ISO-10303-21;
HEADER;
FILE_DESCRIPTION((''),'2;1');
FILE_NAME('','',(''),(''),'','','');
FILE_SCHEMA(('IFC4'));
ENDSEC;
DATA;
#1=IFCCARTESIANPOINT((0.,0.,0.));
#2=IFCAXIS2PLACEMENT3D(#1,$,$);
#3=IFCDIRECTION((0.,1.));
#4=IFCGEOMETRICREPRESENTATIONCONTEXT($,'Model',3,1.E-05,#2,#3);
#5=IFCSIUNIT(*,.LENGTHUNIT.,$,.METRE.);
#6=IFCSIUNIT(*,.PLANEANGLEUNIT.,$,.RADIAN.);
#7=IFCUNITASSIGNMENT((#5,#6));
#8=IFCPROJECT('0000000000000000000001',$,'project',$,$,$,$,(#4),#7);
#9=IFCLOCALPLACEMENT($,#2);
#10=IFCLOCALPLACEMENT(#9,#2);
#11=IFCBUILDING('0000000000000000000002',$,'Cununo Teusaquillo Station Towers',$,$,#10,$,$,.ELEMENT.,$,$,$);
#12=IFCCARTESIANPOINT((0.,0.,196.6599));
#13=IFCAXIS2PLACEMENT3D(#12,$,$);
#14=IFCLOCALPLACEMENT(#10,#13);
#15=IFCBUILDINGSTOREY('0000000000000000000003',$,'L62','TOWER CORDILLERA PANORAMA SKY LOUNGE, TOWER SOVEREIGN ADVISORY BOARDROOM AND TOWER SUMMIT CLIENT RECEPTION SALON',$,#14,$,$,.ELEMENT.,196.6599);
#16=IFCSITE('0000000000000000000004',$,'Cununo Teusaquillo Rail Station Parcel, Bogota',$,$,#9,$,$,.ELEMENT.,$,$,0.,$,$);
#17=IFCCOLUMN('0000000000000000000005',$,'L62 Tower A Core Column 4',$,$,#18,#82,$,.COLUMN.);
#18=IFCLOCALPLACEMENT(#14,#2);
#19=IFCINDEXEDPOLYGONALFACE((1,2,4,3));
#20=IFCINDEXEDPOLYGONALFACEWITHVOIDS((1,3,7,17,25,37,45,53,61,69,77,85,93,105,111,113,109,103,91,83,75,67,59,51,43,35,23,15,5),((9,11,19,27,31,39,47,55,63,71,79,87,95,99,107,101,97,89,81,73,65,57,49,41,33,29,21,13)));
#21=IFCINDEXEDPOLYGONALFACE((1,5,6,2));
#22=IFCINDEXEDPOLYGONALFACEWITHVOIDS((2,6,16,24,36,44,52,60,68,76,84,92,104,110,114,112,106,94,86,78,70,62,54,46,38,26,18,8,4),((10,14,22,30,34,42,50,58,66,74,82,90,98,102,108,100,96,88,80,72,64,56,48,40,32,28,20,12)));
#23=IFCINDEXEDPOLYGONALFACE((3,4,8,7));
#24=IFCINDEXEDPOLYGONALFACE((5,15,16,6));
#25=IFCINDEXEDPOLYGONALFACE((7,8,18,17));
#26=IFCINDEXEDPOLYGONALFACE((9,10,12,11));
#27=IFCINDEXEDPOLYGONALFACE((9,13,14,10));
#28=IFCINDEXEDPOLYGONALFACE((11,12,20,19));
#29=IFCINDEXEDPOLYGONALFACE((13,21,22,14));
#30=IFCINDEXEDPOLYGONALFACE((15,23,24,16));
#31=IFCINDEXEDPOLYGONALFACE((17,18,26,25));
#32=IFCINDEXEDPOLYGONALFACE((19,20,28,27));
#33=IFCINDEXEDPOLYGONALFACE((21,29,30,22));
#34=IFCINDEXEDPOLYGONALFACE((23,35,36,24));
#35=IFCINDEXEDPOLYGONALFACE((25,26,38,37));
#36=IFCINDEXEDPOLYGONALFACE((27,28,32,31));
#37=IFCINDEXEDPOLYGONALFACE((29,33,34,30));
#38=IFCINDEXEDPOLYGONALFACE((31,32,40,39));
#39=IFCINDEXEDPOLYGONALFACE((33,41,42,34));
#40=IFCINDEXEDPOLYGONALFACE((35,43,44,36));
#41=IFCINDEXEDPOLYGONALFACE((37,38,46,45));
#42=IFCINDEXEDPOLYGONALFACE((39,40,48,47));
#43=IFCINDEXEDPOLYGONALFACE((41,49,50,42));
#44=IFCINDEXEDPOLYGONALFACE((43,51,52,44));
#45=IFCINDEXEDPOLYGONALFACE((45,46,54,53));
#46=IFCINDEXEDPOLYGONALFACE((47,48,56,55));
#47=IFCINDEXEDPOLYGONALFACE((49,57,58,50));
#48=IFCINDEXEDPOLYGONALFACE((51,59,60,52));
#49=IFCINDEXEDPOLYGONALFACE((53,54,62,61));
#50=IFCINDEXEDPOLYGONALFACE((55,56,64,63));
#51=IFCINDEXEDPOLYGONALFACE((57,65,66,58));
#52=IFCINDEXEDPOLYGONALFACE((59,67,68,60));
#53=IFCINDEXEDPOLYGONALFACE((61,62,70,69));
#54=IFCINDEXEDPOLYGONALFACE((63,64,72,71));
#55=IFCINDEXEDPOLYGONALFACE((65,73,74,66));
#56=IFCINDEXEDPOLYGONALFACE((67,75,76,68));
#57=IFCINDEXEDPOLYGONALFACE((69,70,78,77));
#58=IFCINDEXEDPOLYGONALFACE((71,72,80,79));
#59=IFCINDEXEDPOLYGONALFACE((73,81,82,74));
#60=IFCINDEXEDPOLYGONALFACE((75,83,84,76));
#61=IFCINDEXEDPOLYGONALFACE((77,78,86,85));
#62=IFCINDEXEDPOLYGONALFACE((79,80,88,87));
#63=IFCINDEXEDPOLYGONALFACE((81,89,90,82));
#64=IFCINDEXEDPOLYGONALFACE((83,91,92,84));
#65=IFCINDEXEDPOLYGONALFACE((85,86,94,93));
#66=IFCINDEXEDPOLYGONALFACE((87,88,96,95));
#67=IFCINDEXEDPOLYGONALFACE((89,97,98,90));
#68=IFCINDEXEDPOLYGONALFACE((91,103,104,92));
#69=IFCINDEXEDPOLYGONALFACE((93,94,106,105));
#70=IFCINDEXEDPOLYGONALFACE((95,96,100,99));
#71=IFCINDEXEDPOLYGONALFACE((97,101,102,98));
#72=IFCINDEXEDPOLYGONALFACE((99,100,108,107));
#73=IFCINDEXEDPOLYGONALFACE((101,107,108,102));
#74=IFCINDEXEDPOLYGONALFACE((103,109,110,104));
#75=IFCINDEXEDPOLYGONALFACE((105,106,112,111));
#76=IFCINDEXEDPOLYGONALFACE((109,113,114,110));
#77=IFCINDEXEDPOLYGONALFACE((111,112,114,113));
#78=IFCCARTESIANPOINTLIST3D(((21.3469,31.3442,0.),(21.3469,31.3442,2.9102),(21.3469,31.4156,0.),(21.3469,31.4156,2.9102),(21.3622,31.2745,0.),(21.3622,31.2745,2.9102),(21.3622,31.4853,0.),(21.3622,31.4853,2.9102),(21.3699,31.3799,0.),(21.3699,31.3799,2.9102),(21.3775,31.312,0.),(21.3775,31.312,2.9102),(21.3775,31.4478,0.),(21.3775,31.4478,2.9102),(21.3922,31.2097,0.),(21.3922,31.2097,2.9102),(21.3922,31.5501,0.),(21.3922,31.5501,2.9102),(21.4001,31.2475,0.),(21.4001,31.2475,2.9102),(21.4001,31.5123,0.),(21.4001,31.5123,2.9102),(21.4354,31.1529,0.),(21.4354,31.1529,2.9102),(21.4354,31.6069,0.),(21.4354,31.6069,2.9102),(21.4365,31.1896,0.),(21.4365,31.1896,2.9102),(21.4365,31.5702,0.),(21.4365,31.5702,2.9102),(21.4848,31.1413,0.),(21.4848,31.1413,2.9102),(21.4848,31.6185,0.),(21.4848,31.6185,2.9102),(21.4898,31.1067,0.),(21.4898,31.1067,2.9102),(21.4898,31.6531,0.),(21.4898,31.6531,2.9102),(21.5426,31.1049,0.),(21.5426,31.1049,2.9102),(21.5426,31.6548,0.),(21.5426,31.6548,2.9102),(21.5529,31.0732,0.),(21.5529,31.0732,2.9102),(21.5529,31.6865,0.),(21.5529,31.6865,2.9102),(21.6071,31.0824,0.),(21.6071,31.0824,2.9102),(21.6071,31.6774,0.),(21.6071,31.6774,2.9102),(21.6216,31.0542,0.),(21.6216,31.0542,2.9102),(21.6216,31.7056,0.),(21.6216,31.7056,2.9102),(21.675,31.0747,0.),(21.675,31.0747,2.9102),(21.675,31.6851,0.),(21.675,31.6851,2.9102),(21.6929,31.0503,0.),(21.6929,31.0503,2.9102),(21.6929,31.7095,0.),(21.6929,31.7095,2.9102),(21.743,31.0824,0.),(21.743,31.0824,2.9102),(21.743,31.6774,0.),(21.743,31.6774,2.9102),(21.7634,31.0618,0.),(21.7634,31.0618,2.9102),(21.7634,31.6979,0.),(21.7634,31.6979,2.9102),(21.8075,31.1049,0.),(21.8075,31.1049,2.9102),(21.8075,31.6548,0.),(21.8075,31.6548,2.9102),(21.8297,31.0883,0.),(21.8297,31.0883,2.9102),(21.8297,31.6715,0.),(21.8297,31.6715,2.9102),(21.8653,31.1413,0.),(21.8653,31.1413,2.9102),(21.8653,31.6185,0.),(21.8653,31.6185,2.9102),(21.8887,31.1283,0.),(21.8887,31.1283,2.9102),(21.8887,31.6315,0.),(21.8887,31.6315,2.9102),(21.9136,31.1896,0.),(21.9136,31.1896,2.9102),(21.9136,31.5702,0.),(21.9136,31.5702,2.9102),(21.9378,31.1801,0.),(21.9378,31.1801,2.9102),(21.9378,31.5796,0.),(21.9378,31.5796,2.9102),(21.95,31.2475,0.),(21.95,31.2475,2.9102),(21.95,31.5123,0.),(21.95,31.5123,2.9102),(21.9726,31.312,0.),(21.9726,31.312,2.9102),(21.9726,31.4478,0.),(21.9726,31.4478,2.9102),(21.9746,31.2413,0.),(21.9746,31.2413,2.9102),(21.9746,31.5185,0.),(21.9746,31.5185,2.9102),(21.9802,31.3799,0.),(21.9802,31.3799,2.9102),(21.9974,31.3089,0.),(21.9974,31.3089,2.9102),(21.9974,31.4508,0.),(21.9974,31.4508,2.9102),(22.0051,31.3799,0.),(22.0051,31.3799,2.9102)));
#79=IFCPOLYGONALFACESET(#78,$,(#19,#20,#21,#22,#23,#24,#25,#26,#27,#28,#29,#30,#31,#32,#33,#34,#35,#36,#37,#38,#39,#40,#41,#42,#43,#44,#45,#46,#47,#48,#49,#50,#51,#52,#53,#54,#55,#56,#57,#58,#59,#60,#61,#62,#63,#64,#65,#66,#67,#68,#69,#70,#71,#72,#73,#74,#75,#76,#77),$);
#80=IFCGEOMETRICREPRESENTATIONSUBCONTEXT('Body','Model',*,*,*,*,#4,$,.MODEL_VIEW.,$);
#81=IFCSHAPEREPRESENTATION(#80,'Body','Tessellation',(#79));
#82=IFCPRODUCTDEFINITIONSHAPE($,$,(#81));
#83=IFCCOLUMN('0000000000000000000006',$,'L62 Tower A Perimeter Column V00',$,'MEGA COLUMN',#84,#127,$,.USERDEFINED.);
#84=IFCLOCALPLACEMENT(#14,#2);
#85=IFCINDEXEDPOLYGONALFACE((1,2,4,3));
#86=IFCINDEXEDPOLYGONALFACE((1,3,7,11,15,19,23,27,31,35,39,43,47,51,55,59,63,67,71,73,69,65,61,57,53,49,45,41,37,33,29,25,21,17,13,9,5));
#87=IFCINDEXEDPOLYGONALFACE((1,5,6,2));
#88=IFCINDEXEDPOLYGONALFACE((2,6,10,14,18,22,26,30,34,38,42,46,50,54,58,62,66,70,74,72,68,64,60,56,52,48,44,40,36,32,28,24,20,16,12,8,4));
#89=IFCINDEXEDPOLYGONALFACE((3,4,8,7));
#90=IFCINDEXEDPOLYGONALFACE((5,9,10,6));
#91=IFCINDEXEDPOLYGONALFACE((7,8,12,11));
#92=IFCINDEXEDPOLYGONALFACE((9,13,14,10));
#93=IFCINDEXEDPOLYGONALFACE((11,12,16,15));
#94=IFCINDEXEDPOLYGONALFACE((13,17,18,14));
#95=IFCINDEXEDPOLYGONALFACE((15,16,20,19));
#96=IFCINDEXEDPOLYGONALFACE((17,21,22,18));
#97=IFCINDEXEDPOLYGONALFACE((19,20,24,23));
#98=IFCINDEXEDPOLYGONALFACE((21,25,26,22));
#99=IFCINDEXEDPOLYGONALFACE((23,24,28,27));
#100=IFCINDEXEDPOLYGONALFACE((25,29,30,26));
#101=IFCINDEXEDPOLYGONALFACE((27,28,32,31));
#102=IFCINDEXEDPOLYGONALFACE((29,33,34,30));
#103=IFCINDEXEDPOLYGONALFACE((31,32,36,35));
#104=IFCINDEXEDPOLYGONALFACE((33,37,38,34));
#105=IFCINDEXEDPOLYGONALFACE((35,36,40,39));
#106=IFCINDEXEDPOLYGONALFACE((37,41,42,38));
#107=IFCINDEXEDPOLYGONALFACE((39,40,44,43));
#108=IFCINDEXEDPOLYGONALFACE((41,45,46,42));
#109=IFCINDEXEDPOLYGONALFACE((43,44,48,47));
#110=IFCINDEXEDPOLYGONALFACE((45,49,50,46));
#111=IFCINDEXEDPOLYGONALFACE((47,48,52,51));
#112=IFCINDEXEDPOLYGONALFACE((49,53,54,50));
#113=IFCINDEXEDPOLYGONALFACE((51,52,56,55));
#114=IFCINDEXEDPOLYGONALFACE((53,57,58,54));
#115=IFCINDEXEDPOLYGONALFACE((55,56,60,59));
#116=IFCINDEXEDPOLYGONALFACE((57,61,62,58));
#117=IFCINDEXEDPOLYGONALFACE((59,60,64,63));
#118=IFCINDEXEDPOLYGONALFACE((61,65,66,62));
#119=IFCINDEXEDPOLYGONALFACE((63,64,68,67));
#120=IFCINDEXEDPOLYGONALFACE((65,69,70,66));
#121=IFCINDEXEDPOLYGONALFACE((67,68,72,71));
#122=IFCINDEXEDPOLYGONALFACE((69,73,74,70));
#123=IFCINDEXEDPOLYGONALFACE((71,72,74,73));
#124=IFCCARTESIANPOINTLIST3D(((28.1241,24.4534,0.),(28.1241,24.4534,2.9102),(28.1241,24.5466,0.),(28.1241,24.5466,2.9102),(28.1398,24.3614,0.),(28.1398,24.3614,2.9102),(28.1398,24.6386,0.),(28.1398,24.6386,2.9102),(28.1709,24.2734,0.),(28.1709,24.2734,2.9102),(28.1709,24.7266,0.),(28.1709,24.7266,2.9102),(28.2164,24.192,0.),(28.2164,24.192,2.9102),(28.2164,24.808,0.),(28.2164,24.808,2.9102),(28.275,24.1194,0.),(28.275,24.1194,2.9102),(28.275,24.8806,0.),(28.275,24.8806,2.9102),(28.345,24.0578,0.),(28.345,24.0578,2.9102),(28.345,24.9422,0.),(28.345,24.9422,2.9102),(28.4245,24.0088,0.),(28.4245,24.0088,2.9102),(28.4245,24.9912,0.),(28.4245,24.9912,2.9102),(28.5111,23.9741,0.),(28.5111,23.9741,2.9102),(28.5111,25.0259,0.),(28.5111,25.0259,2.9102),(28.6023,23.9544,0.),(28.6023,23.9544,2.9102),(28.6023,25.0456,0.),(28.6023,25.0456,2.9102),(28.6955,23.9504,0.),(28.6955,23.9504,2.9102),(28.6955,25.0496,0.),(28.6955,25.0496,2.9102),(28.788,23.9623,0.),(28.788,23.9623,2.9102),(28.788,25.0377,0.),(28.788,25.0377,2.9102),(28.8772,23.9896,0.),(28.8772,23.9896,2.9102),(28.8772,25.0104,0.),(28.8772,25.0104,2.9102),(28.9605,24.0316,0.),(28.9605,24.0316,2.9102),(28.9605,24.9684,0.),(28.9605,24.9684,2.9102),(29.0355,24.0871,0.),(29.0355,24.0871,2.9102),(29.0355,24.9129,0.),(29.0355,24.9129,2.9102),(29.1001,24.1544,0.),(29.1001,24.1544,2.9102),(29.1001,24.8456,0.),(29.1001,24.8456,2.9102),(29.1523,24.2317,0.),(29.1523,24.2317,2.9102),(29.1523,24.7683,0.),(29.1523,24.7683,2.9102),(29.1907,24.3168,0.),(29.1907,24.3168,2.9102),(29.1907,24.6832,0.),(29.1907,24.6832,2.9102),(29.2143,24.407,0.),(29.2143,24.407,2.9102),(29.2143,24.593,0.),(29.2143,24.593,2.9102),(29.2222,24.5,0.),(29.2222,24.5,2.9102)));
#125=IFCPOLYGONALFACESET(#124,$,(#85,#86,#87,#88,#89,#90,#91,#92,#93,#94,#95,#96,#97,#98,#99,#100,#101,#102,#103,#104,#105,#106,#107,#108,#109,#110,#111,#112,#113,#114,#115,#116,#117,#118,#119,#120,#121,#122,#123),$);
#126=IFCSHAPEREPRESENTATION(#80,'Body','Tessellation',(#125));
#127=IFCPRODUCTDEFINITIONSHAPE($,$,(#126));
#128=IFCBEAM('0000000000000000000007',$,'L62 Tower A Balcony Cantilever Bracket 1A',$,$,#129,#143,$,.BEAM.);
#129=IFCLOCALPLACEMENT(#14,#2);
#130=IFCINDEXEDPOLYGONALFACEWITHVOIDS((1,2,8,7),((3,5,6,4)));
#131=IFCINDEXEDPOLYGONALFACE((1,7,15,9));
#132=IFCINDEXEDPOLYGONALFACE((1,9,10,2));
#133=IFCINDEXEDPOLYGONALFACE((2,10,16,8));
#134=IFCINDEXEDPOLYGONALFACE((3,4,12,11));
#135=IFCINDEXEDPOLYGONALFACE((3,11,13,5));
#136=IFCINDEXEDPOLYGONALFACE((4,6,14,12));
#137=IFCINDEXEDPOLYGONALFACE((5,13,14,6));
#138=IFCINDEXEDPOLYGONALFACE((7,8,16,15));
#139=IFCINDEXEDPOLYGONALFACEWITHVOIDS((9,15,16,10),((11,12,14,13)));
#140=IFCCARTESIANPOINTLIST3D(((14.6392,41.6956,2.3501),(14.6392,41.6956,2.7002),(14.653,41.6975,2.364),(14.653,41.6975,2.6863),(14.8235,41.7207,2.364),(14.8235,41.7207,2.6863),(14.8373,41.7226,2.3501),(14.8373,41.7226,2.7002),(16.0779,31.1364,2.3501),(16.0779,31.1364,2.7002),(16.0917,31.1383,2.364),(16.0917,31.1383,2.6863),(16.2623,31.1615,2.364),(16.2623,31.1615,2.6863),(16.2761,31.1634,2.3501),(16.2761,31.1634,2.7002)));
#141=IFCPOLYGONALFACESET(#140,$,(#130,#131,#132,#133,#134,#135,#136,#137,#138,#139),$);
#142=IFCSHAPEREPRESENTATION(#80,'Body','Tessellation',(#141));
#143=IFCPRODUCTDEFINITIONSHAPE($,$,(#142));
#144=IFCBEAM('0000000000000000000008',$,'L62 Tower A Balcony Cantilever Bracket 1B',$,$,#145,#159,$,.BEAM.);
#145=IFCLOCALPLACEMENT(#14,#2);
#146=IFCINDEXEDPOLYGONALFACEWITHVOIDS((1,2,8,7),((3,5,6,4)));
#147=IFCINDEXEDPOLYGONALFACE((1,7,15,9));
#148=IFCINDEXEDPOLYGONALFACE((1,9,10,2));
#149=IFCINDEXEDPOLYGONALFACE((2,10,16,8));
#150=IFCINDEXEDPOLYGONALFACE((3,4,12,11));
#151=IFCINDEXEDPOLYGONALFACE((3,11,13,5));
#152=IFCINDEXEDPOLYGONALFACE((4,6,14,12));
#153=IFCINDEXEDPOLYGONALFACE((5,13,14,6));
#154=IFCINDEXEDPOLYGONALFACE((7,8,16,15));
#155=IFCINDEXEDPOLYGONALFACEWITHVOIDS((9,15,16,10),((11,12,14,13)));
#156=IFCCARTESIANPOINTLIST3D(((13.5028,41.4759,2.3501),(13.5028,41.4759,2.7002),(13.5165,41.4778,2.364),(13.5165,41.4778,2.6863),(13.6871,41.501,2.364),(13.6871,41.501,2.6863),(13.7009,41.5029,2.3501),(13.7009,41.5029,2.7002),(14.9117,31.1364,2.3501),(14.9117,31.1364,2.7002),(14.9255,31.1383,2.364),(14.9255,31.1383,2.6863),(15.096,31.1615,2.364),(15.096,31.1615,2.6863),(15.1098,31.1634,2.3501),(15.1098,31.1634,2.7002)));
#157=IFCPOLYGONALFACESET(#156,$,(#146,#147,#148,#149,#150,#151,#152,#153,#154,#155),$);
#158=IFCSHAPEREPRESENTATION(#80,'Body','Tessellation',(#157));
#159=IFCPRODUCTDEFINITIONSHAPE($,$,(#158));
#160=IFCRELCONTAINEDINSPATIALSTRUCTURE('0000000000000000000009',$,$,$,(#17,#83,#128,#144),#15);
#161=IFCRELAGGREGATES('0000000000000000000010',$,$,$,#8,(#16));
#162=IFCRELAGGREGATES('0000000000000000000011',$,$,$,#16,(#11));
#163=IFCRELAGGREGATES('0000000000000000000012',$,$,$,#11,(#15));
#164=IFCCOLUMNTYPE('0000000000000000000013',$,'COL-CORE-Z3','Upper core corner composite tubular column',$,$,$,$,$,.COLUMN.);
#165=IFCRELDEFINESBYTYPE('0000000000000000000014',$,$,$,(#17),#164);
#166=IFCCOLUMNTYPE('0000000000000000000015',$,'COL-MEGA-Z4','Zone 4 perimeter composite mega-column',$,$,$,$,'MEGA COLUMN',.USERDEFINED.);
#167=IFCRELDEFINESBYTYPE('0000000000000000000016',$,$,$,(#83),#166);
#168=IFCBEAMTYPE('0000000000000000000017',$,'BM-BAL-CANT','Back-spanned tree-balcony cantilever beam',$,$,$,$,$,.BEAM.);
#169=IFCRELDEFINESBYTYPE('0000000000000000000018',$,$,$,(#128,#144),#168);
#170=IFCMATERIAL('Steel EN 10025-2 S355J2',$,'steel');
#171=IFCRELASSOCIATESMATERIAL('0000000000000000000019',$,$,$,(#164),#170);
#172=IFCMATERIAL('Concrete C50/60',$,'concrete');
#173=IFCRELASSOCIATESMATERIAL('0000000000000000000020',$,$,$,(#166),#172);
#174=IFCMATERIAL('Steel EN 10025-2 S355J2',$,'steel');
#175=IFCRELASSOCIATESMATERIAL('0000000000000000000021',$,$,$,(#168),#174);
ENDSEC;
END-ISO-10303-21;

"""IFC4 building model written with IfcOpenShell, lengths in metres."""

from ifc_helpers import new_model, si_unit, direction, frame, origin, origin_2d, place, context, subcontext, project, spatial, hollow_rectangle, circle, hollow_circle, extrude, material, material_profile, profile_set, type_object, element, save


model = new_model("IFC4")

# Units and contexts
model_context = context("Model", 3, precision=1e-05, world=origin(), true_north=direction((0.0, 1.0)))
body_context = subcontext(model_context, "Body", "Model", "MODEL_VIEW")
ifc_project = project(units=[si_unit("LENGTHUNIT", "METRE"), si_unit("PLANEANGLEUNIT", "RADIAN")], contexts=[model_context])

# Site, building, storey
site_placement = place(None, origin())
site = spatial("IfcSite", under=ifc_project, at=site_placement, Name="Cununo Teusaquillo Rail Station Parcel, Bogota", CompositionType="ELEMENT", RefElevation=0.0)
building_placement = place(site_placement, origin())
building = spatial("IfcBuilding", under=site, at=building_placement, Name="Cununo Teusaquillo Station Towers", CompositionType="ELEMENT")
storey_placement = place(building_placement, frame((0.0, 0.0, 196.6599)))
storey = spatial("IfcBuildingStorey", under=building, at=storey_placement, Name="L62", Description="TOWER CORDILLERA PANORAMA SKY LOUNGE, TOWER SOVEREIGN ADVISORY BOARDROOM AND TOWER SUMMIT CLIENT RECEPTION SALON", CompositionType="ELEMENT", Elevation=196.6599)

# Columns
ifc_material_1 = material(Name="Steel EN 10025-2 S355J2", Category="steel")
ifc_material_profile_1 = material_profile(ifc_material_1, hollow_circle(Radius=0.3301, WallThickness=0.0249, at=origin_2d()), Name="CHS 660x25")
ifc_profile_set_1 = profile_set([ifc_material_profile_1], Name="Steel EN 10025-2 S355J2")
column_type_1 = type_object("IfcColumnType", Name="COL-CORE-Z3", Description="Upper core corner composite tubular column", PredefinedType="COLUMN", material=ifc_profile_set_1)
column_1_placement = place(storey_placement, frame((21.675, 31.3799, 0.0), z_axis=(0.0, 0.0, 1.0), x_axis=(1.0, 0.0, 0.0)))
element("IfcColumn", 1, at=column_1_placement, inside=storey, type_object=column_type_1, Name="L62 Tower A Core Column 4", PredefinedType="COLUMN", context=body_context, shape_type="SweptSolid", body=[
    extrude(hollow_circle(Radius=0.3301, WallThickness=0.0249, at=origin_2d()), origin(), (0.0, 0.0, 1.0), 2.9102),
])
ifc_material_2 = material(Name="Concrete C50/60", Category="concrete")
ifc_material_profile_2 = material_profile(ifc_material_2, circle(Radius=0.55, at=origin_2d()), Name="RC-CIRC-1100")
ifc_profile_set_2 = profile_set([ifc_material_profile_2], Name="Concrete C50/60")
column_type_2 = type_object("IfcColumnType", Name="COL-MEGA-Z4", Description="Zone 4 perimeter composite mega-column", ElementType="MEGA COLUMN", PredefinedType="USERDEFINED", material=ifc_profile_set_2)
column_2_placement = place(storey_placement, frame((28.6721, 24.5, 0.0), z_axis=(0.0, 0.0, 1.0), x_axis=(1.0, 0.0, 0.0)))
element("IfcColumn", 2, at=column_2_placement, inside=storey, type_object=column_type_2, Name="L62 Tower A Perimeter Column V00", ObjectType="MEGA COLUMN", PredefinedType="USERDEFINED", context=body_context, shape_type="SweptSolid", body=[
    extrude(circle(Radius=0.55, at=origin_2d()), origin(), (0.0, 0.0, 1.0), 2.9102),
])

# Beams
ifc_material_3 = material(Name="Steel EN 10025-2 S355J2", Category="steel")
ifc_material_profile_3 = material_profile(ifc_material_3, hollow_rectangle(XDim=0.2, YDim=0.3501, WallThickness=0.0139, at=origin_2d()), Name="RHS 350x200x14")
ifc_profile_set_3 = profile_set([ifc_material_profile_3], Name="Steel EN 10025-2 S355J2")
beam_type_1 = type_object("IfcBeamType", Name="BM-BAL-CANT", Description="Back-spanned tree-balcony cantilever beam", PredefinedType="BEAM", material=ifc_profile_set_3)
beam_1_placement = place(storey_placement, frame((16.177, 31.1499, 2.5251), z_axis=(-0.135007, 0.990845, 0.0), x_axis=(-0.990845, -0.135007, 0.0)))
element("IfcBeam", 3, at=beam_1_placement, inside=storey, type_object=beam_type_1, Name="L62 Tower A Balcony Cantilever Bracket 1A", PredefinedType="BEAM", context=body_context, shape_type="SweptSolid", body=[
    extrude(hollow_rectangle(XDim=0.2, YDim=0.3501, WallThickness=0.0139, at=origin_2d()), origin(), (0.0, 0.0, 1.0), 10.6567),
])
beam_2_placement = place(storey_placement, frame((15.0107, 31.1499, 2.5251), z_axis=(-0.135018, 0.990843, 0.0), x_axis=(-0.990843, -0.135018, 0.0)))
element("IfcBeam", 4, at=beam_2_placement, inside=storey, type_object=beam_type_1, Name="L62 Tower A Balcony Cantilever Bracket 1B", PredefinedType="BEAM", context=body_context, shape_type="SweptSolid", body=[
    extrude(hollow_rectangle(XDim=0.2, YDim=0.3501, WallThickness=0.0139, at=origin_2d()), origin(), (0.0, 0.0, 1.0), 10.4351),
])

save(model, "model.ifc")
